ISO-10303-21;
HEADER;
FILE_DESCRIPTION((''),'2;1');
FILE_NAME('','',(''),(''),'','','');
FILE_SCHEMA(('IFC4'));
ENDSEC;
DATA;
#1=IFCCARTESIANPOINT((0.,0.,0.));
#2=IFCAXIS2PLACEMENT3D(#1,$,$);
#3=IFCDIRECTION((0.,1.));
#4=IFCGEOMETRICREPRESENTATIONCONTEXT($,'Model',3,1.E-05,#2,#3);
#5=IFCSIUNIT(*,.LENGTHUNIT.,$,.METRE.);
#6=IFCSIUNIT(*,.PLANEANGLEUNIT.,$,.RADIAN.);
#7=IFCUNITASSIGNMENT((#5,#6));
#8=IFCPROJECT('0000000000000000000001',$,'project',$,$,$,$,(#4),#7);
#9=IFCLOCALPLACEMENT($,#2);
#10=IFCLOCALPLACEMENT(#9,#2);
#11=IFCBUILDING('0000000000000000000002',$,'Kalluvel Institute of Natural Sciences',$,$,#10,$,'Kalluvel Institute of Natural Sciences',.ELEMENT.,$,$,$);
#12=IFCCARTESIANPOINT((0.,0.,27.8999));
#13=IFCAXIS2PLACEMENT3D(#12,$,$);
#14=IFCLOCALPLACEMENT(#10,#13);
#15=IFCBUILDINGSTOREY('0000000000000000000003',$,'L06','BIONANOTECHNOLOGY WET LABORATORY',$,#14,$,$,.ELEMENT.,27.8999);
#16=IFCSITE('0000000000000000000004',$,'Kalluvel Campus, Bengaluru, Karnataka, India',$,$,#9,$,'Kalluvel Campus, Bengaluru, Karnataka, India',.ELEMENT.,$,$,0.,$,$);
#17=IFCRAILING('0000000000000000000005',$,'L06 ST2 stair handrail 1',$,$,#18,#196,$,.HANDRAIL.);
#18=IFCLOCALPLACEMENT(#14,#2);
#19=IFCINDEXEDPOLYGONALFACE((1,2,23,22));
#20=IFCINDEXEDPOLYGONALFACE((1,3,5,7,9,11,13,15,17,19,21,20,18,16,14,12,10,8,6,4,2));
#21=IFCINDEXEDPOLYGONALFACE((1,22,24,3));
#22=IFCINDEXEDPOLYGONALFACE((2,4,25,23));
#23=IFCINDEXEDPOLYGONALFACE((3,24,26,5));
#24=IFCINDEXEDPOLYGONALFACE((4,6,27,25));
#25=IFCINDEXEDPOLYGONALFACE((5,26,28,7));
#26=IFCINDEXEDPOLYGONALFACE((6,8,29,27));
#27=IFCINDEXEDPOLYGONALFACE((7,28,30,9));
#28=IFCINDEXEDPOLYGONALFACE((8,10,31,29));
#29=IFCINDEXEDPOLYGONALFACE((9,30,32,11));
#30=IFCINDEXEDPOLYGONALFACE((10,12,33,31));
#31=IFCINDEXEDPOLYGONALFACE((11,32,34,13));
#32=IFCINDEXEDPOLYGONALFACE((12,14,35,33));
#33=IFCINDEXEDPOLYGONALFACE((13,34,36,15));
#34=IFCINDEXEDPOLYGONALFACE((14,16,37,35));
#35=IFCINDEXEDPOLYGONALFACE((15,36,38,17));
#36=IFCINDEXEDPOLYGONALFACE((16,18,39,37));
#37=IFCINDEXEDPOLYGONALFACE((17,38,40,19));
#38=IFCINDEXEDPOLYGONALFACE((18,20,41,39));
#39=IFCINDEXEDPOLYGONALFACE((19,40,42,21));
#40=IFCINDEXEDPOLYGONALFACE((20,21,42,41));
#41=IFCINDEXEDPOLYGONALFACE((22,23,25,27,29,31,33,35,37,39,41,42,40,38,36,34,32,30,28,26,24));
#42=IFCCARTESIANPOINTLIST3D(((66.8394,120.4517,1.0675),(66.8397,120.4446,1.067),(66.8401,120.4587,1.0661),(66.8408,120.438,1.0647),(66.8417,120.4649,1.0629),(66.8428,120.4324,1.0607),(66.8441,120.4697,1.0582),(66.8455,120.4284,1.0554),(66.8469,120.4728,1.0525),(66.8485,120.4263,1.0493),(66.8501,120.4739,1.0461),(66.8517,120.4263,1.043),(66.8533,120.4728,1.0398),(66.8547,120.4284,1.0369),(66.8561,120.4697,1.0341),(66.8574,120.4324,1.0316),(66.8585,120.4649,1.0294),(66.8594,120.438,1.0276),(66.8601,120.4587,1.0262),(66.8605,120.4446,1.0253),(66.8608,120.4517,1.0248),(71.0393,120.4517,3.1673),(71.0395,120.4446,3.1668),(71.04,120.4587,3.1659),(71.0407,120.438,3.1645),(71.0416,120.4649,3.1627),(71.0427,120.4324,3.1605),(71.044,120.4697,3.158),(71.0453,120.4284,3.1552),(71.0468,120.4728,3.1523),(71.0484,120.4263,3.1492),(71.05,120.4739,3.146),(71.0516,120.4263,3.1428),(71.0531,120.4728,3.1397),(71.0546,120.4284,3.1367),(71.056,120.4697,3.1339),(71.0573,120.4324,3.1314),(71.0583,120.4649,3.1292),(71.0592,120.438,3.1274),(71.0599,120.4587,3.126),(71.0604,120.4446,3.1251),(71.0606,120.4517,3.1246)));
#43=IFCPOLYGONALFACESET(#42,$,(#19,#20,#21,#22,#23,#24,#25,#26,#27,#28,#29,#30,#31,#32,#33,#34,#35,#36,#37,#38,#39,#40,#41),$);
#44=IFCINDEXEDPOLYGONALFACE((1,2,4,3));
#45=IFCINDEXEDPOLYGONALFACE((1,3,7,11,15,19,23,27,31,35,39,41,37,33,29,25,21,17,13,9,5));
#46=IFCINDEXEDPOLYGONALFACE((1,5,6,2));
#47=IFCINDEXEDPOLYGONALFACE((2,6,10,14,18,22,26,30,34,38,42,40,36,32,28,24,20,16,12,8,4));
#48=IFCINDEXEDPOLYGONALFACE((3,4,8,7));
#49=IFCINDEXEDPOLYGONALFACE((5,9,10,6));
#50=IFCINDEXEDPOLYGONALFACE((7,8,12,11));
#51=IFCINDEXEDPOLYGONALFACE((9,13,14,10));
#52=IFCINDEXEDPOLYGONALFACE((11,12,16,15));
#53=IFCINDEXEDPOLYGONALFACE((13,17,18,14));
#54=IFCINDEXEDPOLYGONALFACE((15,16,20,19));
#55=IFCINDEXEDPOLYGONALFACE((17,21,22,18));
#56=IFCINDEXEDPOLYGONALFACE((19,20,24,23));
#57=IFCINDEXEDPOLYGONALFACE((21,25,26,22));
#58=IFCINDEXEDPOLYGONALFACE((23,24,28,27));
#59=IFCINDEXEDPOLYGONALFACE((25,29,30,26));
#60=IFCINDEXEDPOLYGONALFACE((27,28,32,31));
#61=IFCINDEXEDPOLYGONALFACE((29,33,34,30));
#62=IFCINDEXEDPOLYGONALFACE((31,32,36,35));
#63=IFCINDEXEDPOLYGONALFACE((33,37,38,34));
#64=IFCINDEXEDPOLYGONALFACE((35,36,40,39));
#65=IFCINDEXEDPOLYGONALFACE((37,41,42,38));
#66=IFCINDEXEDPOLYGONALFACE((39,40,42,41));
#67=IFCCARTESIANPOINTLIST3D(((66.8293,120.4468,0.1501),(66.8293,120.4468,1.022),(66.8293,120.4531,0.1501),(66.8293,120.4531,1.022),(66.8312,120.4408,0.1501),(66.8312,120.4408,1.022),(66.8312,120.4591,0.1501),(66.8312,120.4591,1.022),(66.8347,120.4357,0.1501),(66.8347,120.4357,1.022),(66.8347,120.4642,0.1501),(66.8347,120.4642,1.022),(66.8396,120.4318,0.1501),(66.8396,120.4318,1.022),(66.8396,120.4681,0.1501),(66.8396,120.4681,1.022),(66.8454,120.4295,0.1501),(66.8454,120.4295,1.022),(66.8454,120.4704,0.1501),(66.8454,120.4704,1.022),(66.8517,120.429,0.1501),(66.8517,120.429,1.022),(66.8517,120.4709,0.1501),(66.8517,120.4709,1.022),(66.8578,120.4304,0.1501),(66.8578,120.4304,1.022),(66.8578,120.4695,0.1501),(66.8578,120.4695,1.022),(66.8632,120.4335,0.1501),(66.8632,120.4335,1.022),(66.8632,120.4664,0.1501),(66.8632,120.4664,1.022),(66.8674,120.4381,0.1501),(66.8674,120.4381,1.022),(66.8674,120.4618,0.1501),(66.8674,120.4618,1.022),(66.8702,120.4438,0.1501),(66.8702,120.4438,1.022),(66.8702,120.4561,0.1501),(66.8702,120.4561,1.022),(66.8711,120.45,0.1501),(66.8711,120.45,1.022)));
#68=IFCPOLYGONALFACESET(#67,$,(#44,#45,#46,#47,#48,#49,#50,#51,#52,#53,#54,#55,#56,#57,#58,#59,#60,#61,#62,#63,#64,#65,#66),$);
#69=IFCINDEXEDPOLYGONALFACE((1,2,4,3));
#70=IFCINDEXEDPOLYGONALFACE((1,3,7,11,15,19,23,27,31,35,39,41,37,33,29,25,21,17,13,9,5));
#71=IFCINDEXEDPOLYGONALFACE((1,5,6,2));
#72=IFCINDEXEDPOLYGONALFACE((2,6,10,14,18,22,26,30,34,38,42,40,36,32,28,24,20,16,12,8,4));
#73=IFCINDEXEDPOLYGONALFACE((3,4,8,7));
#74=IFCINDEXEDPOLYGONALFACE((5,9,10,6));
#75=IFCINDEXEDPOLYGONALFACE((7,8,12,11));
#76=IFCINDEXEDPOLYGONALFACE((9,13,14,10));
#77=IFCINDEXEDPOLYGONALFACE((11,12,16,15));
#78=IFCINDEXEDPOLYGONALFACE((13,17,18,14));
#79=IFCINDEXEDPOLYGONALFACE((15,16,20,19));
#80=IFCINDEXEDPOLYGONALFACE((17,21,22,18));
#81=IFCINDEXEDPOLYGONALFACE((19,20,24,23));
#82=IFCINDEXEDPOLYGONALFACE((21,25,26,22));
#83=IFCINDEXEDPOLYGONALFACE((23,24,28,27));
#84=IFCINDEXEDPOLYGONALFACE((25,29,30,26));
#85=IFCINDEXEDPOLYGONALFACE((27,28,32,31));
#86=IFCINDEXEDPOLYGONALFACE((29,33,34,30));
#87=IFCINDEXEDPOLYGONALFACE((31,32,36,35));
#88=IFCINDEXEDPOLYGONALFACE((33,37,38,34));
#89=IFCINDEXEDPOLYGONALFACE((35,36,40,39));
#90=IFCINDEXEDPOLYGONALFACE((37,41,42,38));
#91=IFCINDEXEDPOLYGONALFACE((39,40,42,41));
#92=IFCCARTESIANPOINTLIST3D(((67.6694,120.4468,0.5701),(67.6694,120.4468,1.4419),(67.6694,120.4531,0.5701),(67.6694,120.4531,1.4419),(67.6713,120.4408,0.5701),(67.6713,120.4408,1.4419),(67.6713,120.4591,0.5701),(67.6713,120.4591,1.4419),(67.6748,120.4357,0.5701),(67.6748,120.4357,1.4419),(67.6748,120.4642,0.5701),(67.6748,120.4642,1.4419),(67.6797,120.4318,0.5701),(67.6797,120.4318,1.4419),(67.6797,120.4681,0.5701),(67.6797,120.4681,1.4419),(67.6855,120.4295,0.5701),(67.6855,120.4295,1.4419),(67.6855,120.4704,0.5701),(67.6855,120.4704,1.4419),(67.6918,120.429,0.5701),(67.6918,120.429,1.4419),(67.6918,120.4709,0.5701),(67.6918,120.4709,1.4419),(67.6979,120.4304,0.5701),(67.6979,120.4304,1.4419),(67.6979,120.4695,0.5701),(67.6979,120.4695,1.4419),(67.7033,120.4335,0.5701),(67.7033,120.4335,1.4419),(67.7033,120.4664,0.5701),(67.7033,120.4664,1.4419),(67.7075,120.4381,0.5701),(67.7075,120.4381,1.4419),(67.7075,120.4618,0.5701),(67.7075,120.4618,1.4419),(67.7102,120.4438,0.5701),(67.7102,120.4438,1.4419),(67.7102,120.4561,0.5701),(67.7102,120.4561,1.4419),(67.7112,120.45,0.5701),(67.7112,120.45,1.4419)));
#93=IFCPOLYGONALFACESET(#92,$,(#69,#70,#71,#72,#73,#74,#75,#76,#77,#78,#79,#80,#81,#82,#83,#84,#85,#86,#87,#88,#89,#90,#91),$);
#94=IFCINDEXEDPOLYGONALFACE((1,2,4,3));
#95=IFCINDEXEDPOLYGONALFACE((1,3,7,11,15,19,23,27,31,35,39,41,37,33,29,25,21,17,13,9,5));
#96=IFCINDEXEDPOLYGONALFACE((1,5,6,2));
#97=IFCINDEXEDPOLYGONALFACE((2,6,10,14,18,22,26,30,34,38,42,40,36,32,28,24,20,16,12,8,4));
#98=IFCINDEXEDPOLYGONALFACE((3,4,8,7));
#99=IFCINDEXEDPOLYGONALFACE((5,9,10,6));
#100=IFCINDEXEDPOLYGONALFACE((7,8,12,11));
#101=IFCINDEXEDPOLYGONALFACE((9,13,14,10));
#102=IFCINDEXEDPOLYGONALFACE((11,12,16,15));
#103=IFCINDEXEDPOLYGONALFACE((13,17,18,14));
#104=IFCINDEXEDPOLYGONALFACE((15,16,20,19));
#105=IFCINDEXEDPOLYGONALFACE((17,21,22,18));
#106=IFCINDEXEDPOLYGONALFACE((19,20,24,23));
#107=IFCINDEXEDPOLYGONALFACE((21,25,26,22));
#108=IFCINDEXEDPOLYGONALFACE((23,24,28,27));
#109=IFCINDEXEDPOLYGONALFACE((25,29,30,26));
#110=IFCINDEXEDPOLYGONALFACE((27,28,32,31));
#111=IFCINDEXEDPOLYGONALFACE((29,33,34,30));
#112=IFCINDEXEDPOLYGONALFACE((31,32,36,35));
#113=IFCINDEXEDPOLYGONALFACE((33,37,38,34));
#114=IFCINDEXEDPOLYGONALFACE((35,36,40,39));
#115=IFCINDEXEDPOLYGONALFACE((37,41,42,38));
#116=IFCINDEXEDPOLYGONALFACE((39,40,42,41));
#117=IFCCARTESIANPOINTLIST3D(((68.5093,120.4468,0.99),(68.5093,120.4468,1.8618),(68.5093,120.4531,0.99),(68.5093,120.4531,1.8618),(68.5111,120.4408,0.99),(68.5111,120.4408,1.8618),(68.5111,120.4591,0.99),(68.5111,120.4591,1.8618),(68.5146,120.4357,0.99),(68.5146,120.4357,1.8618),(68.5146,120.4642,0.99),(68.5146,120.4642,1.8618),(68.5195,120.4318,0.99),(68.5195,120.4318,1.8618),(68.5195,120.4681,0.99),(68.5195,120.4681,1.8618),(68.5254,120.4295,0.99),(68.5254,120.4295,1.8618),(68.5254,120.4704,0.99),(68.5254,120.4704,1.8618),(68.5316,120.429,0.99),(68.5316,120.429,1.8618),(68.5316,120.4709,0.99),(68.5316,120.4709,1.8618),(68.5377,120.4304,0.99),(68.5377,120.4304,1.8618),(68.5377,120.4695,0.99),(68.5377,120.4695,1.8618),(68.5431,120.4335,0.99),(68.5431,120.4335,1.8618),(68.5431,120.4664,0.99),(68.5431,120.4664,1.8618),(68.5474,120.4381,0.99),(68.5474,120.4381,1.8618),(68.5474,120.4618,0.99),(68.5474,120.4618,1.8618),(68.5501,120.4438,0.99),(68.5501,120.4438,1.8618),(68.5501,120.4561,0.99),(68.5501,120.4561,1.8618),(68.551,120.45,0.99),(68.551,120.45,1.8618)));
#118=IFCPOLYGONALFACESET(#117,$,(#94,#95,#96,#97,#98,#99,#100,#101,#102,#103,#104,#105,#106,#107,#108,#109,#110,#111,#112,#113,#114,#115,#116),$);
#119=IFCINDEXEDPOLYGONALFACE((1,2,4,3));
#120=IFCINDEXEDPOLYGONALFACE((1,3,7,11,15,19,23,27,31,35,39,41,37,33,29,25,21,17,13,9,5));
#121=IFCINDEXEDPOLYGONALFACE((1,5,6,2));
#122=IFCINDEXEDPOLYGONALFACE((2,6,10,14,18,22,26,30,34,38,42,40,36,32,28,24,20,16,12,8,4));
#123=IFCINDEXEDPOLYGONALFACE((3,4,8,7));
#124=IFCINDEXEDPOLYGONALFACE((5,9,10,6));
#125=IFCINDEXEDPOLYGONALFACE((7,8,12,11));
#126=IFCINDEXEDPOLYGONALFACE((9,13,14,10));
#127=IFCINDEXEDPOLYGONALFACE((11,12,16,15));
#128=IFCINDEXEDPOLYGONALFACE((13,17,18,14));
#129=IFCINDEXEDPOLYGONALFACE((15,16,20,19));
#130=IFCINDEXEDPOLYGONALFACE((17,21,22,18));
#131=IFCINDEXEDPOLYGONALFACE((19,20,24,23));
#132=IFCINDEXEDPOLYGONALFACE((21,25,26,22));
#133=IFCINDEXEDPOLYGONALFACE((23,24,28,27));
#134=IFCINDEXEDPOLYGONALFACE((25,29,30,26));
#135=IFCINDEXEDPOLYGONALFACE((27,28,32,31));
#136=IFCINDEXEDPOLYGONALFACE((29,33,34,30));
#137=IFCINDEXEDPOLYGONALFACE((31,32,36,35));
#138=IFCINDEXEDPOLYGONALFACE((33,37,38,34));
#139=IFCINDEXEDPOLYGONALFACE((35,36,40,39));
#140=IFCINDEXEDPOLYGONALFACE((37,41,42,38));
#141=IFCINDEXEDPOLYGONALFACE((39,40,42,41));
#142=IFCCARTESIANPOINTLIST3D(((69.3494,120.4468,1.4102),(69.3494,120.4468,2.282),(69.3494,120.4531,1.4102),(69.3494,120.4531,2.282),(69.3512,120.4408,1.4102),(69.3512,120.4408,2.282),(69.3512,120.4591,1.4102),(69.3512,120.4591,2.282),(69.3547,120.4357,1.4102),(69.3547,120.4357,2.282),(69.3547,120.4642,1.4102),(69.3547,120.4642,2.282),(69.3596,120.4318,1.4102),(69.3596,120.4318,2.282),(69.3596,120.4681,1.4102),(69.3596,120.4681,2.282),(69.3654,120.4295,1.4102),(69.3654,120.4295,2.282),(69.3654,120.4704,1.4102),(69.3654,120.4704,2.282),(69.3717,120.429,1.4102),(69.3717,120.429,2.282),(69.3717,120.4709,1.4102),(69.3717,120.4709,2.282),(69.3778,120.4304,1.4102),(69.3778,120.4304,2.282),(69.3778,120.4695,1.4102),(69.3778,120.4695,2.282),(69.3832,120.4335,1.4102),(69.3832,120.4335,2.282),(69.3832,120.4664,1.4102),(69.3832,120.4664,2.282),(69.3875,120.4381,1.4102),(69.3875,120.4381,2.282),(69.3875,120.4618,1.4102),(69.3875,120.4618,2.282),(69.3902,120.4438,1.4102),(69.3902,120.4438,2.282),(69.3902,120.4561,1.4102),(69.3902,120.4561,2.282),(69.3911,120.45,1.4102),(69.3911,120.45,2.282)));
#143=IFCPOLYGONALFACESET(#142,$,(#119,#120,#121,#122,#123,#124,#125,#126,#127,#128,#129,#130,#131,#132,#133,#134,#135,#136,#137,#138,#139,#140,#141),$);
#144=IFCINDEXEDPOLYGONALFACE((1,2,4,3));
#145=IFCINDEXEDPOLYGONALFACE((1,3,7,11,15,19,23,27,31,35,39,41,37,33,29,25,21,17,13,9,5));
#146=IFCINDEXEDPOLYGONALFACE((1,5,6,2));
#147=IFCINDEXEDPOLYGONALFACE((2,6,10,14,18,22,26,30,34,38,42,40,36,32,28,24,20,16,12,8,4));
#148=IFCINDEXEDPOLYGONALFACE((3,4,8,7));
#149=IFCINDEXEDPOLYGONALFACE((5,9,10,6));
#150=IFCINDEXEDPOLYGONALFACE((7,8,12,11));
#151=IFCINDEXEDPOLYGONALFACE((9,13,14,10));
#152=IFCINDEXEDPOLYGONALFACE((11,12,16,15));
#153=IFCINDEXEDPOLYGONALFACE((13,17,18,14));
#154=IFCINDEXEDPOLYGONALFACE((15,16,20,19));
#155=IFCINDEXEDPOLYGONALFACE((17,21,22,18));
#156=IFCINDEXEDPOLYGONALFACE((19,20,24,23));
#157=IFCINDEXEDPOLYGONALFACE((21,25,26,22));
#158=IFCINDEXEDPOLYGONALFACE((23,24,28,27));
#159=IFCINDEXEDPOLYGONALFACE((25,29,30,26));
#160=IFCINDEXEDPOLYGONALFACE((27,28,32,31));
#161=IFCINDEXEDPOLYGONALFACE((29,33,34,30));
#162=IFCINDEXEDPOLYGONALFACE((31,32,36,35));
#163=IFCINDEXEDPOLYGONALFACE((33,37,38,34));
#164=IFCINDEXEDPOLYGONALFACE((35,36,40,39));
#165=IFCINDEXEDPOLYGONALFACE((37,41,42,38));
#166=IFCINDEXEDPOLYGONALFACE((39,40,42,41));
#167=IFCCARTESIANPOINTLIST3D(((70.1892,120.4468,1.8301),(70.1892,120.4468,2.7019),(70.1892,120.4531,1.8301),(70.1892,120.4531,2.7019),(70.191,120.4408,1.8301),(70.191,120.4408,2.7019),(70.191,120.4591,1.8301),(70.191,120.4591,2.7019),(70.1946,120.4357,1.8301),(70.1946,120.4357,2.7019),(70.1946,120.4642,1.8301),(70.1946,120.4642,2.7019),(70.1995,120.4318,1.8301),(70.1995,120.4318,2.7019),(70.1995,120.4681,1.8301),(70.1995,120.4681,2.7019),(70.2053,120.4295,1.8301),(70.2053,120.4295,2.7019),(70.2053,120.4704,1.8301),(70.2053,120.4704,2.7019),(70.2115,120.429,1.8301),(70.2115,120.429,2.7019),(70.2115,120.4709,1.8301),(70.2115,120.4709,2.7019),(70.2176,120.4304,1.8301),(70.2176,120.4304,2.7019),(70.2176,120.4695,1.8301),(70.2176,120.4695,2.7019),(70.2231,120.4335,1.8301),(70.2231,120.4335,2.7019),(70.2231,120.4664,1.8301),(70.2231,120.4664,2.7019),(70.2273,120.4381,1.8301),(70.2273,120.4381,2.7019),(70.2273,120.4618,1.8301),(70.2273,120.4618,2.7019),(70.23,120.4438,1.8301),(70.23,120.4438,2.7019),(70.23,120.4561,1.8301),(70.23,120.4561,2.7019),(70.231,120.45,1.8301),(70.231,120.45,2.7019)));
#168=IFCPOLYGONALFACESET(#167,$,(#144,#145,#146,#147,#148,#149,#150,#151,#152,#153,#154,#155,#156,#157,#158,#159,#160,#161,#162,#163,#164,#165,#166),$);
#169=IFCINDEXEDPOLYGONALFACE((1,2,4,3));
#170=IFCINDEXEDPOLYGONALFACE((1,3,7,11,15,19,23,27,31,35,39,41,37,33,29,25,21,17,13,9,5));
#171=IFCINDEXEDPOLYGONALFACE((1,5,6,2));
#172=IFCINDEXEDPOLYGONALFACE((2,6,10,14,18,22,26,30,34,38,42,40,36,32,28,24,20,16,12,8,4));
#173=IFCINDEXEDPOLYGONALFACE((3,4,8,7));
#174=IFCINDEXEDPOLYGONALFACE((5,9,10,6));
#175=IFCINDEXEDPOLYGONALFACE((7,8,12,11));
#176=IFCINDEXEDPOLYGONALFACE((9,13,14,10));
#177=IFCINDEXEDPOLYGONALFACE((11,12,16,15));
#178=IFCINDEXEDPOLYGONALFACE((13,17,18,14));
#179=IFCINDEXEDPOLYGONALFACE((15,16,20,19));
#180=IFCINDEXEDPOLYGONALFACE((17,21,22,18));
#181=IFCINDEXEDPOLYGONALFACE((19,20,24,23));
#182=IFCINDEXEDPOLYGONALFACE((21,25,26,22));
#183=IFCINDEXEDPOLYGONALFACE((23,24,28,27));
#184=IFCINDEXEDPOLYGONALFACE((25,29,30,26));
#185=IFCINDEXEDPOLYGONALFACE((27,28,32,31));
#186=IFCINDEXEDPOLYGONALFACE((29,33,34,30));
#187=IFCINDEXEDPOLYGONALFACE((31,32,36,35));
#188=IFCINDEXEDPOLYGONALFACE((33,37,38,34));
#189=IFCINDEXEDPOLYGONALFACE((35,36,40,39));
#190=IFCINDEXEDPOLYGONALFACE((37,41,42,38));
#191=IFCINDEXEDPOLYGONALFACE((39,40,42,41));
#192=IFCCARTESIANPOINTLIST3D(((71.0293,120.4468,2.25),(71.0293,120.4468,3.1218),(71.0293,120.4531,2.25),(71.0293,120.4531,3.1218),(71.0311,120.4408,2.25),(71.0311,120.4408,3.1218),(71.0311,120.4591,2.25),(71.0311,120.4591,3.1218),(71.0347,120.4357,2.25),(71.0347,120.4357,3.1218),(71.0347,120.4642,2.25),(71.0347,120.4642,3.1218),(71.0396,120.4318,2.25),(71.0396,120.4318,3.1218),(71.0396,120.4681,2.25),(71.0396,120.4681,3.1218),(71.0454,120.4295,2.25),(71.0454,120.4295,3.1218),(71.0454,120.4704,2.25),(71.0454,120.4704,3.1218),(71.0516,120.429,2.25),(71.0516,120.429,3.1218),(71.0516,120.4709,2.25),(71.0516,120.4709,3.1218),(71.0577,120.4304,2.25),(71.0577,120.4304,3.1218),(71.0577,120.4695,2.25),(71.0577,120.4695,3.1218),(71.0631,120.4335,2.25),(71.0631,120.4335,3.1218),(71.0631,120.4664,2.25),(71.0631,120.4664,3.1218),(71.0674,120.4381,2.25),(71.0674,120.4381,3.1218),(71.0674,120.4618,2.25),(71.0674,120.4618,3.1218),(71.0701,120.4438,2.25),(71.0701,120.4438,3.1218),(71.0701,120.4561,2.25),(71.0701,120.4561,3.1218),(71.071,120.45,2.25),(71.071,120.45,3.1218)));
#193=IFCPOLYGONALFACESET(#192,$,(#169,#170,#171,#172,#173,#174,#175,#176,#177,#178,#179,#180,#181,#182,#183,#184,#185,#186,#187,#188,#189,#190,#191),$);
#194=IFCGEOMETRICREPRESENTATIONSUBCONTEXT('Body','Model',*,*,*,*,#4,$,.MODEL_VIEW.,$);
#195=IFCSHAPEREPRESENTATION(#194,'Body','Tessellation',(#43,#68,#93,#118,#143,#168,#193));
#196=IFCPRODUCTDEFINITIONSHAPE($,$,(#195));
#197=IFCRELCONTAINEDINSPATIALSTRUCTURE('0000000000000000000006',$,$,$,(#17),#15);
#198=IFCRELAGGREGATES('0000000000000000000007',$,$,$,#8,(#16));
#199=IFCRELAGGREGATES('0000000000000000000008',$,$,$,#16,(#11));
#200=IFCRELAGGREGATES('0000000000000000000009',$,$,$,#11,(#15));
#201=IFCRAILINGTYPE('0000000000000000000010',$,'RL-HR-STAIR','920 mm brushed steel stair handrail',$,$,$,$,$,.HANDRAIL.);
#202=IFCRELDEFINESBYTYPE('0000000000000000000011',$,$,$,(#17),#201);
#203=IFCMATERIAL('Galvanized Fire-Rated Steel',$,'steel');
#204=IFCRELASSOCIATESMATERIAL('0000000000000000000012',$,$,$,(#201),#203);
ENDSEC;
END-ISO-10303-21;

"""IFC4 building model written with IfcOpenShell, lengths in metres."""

from ifc_helpers import new_model, si_unit, direction, frame, origin, origin_2d, place, context, subcontext, project, spatial, circle, extrude, material, type_object, element, save


model = new_model("IFC4")

# Units and contexts
model_context = context("Model", 3, precision=1e-05, world=origin(), true_north=direction((0.0, 1.0)))
body_context = subcontext(model_context, "Body", "Model", "MODEL_VIEW")
ifc_project = project(units=[si_unit("LENGTHUNIT", "METRE"), si_unit("PLANEANGLEUNIT", "RADIAN")], contexts=[model_context])

# Site, building, storey
site_placement = place(None, origin())
site = spatial("IfcSite", under=ifc_project, at=site_placement, Name="Kalluvel Campus, Bengaluru, Karnataka, India", LongName="Kalluvel Campus, Bengaluru, Karnataka, India", CompositionType="ELEMENT", RefElevation=0.0)
building_placement = place(site_placement, origin())
building = spatial("IfcBuilding", under=site, at=building_placement, Name="Kalluvel Institute of Natural Sciences", LongName="Kalluvel Institute of Natural Sciences", CompositionType="ELEMENT")
storey_placement = place(building_placement, frame((0.0, 0.0, 27.8999)))
storey = spatial("IfcBuildingStorey", under=building, at=storey_placement, Name="L06", Description="BIONANOTECHNOLOGY WET LABORATORY", CompositionType="ELEMENT", Elevation=27.8999)

# Shared definitions
ifc_material_1 = material(Name="Galvanized Fire-Rated Steel", Category="steel")

# Railing
railing_type_1 = type_object("IfcRailingType", Name="RL-HR-STAIR", Description="920 mm brushed steel stair handrail", PredefinedType="HANDRAIL", material=ifc_material_1)
railing_1_placement = place(storey_placement, frame((66.8501, 120.45, 0.1501)))
element("IfcRailing", 1, at=railing_1_placement, inside=storey, type_object=railing_type_1, Name="L06 ST2 stair handrail 1", PredefinedType="HANDRAIL", context=body_context, shape_type="SweptSolid", body=[
    extrude(circle(Radius=0.0239, at=origin_2d()), frame((0.0, 0.0, 0.896), z_axis=(0.894438, 0.0, 0.447193), x_axis=(0.0, 1.0, 0.0)), (0.0, 0.0, 1.0), 4.6956),
    extrude(circle(Radius=0.021, at=origin_2d()), origin(), (0.0, 0.0, 1.0), 0.8718),
    extrude(circle(Radius=0.021, at=origin_2d()), frame((0.8401, 0.0, 0.4199)), (0.0, 0.0, 1.0), 0.8718),
    extrude(circle(Radius=0.021, at=origin_2d()), frame((1.6799, 0.0, 0.8398)), (0.0, 0.0, 1.0), 0.8718),
    extrude(circle(Radius=0.021, at=origin_2d()), frame((2.52, 0.0, 1.26)), (0.0, 0.0, 1.0), 0.8718),
    extrude(circle(Radius=0.021, at=origin_2d()), frame((3.3599, 0.0, 1.6799)), (0.0, 0.0, 1.0), 0.8718),
    extrude(circle(Radius=0.021, at=origin_2d()), frame((4.2, 0.0, 2.0999)), (0.0, 0.0, 1.0), 0.8718),
])

save(model, "model.ifc")
